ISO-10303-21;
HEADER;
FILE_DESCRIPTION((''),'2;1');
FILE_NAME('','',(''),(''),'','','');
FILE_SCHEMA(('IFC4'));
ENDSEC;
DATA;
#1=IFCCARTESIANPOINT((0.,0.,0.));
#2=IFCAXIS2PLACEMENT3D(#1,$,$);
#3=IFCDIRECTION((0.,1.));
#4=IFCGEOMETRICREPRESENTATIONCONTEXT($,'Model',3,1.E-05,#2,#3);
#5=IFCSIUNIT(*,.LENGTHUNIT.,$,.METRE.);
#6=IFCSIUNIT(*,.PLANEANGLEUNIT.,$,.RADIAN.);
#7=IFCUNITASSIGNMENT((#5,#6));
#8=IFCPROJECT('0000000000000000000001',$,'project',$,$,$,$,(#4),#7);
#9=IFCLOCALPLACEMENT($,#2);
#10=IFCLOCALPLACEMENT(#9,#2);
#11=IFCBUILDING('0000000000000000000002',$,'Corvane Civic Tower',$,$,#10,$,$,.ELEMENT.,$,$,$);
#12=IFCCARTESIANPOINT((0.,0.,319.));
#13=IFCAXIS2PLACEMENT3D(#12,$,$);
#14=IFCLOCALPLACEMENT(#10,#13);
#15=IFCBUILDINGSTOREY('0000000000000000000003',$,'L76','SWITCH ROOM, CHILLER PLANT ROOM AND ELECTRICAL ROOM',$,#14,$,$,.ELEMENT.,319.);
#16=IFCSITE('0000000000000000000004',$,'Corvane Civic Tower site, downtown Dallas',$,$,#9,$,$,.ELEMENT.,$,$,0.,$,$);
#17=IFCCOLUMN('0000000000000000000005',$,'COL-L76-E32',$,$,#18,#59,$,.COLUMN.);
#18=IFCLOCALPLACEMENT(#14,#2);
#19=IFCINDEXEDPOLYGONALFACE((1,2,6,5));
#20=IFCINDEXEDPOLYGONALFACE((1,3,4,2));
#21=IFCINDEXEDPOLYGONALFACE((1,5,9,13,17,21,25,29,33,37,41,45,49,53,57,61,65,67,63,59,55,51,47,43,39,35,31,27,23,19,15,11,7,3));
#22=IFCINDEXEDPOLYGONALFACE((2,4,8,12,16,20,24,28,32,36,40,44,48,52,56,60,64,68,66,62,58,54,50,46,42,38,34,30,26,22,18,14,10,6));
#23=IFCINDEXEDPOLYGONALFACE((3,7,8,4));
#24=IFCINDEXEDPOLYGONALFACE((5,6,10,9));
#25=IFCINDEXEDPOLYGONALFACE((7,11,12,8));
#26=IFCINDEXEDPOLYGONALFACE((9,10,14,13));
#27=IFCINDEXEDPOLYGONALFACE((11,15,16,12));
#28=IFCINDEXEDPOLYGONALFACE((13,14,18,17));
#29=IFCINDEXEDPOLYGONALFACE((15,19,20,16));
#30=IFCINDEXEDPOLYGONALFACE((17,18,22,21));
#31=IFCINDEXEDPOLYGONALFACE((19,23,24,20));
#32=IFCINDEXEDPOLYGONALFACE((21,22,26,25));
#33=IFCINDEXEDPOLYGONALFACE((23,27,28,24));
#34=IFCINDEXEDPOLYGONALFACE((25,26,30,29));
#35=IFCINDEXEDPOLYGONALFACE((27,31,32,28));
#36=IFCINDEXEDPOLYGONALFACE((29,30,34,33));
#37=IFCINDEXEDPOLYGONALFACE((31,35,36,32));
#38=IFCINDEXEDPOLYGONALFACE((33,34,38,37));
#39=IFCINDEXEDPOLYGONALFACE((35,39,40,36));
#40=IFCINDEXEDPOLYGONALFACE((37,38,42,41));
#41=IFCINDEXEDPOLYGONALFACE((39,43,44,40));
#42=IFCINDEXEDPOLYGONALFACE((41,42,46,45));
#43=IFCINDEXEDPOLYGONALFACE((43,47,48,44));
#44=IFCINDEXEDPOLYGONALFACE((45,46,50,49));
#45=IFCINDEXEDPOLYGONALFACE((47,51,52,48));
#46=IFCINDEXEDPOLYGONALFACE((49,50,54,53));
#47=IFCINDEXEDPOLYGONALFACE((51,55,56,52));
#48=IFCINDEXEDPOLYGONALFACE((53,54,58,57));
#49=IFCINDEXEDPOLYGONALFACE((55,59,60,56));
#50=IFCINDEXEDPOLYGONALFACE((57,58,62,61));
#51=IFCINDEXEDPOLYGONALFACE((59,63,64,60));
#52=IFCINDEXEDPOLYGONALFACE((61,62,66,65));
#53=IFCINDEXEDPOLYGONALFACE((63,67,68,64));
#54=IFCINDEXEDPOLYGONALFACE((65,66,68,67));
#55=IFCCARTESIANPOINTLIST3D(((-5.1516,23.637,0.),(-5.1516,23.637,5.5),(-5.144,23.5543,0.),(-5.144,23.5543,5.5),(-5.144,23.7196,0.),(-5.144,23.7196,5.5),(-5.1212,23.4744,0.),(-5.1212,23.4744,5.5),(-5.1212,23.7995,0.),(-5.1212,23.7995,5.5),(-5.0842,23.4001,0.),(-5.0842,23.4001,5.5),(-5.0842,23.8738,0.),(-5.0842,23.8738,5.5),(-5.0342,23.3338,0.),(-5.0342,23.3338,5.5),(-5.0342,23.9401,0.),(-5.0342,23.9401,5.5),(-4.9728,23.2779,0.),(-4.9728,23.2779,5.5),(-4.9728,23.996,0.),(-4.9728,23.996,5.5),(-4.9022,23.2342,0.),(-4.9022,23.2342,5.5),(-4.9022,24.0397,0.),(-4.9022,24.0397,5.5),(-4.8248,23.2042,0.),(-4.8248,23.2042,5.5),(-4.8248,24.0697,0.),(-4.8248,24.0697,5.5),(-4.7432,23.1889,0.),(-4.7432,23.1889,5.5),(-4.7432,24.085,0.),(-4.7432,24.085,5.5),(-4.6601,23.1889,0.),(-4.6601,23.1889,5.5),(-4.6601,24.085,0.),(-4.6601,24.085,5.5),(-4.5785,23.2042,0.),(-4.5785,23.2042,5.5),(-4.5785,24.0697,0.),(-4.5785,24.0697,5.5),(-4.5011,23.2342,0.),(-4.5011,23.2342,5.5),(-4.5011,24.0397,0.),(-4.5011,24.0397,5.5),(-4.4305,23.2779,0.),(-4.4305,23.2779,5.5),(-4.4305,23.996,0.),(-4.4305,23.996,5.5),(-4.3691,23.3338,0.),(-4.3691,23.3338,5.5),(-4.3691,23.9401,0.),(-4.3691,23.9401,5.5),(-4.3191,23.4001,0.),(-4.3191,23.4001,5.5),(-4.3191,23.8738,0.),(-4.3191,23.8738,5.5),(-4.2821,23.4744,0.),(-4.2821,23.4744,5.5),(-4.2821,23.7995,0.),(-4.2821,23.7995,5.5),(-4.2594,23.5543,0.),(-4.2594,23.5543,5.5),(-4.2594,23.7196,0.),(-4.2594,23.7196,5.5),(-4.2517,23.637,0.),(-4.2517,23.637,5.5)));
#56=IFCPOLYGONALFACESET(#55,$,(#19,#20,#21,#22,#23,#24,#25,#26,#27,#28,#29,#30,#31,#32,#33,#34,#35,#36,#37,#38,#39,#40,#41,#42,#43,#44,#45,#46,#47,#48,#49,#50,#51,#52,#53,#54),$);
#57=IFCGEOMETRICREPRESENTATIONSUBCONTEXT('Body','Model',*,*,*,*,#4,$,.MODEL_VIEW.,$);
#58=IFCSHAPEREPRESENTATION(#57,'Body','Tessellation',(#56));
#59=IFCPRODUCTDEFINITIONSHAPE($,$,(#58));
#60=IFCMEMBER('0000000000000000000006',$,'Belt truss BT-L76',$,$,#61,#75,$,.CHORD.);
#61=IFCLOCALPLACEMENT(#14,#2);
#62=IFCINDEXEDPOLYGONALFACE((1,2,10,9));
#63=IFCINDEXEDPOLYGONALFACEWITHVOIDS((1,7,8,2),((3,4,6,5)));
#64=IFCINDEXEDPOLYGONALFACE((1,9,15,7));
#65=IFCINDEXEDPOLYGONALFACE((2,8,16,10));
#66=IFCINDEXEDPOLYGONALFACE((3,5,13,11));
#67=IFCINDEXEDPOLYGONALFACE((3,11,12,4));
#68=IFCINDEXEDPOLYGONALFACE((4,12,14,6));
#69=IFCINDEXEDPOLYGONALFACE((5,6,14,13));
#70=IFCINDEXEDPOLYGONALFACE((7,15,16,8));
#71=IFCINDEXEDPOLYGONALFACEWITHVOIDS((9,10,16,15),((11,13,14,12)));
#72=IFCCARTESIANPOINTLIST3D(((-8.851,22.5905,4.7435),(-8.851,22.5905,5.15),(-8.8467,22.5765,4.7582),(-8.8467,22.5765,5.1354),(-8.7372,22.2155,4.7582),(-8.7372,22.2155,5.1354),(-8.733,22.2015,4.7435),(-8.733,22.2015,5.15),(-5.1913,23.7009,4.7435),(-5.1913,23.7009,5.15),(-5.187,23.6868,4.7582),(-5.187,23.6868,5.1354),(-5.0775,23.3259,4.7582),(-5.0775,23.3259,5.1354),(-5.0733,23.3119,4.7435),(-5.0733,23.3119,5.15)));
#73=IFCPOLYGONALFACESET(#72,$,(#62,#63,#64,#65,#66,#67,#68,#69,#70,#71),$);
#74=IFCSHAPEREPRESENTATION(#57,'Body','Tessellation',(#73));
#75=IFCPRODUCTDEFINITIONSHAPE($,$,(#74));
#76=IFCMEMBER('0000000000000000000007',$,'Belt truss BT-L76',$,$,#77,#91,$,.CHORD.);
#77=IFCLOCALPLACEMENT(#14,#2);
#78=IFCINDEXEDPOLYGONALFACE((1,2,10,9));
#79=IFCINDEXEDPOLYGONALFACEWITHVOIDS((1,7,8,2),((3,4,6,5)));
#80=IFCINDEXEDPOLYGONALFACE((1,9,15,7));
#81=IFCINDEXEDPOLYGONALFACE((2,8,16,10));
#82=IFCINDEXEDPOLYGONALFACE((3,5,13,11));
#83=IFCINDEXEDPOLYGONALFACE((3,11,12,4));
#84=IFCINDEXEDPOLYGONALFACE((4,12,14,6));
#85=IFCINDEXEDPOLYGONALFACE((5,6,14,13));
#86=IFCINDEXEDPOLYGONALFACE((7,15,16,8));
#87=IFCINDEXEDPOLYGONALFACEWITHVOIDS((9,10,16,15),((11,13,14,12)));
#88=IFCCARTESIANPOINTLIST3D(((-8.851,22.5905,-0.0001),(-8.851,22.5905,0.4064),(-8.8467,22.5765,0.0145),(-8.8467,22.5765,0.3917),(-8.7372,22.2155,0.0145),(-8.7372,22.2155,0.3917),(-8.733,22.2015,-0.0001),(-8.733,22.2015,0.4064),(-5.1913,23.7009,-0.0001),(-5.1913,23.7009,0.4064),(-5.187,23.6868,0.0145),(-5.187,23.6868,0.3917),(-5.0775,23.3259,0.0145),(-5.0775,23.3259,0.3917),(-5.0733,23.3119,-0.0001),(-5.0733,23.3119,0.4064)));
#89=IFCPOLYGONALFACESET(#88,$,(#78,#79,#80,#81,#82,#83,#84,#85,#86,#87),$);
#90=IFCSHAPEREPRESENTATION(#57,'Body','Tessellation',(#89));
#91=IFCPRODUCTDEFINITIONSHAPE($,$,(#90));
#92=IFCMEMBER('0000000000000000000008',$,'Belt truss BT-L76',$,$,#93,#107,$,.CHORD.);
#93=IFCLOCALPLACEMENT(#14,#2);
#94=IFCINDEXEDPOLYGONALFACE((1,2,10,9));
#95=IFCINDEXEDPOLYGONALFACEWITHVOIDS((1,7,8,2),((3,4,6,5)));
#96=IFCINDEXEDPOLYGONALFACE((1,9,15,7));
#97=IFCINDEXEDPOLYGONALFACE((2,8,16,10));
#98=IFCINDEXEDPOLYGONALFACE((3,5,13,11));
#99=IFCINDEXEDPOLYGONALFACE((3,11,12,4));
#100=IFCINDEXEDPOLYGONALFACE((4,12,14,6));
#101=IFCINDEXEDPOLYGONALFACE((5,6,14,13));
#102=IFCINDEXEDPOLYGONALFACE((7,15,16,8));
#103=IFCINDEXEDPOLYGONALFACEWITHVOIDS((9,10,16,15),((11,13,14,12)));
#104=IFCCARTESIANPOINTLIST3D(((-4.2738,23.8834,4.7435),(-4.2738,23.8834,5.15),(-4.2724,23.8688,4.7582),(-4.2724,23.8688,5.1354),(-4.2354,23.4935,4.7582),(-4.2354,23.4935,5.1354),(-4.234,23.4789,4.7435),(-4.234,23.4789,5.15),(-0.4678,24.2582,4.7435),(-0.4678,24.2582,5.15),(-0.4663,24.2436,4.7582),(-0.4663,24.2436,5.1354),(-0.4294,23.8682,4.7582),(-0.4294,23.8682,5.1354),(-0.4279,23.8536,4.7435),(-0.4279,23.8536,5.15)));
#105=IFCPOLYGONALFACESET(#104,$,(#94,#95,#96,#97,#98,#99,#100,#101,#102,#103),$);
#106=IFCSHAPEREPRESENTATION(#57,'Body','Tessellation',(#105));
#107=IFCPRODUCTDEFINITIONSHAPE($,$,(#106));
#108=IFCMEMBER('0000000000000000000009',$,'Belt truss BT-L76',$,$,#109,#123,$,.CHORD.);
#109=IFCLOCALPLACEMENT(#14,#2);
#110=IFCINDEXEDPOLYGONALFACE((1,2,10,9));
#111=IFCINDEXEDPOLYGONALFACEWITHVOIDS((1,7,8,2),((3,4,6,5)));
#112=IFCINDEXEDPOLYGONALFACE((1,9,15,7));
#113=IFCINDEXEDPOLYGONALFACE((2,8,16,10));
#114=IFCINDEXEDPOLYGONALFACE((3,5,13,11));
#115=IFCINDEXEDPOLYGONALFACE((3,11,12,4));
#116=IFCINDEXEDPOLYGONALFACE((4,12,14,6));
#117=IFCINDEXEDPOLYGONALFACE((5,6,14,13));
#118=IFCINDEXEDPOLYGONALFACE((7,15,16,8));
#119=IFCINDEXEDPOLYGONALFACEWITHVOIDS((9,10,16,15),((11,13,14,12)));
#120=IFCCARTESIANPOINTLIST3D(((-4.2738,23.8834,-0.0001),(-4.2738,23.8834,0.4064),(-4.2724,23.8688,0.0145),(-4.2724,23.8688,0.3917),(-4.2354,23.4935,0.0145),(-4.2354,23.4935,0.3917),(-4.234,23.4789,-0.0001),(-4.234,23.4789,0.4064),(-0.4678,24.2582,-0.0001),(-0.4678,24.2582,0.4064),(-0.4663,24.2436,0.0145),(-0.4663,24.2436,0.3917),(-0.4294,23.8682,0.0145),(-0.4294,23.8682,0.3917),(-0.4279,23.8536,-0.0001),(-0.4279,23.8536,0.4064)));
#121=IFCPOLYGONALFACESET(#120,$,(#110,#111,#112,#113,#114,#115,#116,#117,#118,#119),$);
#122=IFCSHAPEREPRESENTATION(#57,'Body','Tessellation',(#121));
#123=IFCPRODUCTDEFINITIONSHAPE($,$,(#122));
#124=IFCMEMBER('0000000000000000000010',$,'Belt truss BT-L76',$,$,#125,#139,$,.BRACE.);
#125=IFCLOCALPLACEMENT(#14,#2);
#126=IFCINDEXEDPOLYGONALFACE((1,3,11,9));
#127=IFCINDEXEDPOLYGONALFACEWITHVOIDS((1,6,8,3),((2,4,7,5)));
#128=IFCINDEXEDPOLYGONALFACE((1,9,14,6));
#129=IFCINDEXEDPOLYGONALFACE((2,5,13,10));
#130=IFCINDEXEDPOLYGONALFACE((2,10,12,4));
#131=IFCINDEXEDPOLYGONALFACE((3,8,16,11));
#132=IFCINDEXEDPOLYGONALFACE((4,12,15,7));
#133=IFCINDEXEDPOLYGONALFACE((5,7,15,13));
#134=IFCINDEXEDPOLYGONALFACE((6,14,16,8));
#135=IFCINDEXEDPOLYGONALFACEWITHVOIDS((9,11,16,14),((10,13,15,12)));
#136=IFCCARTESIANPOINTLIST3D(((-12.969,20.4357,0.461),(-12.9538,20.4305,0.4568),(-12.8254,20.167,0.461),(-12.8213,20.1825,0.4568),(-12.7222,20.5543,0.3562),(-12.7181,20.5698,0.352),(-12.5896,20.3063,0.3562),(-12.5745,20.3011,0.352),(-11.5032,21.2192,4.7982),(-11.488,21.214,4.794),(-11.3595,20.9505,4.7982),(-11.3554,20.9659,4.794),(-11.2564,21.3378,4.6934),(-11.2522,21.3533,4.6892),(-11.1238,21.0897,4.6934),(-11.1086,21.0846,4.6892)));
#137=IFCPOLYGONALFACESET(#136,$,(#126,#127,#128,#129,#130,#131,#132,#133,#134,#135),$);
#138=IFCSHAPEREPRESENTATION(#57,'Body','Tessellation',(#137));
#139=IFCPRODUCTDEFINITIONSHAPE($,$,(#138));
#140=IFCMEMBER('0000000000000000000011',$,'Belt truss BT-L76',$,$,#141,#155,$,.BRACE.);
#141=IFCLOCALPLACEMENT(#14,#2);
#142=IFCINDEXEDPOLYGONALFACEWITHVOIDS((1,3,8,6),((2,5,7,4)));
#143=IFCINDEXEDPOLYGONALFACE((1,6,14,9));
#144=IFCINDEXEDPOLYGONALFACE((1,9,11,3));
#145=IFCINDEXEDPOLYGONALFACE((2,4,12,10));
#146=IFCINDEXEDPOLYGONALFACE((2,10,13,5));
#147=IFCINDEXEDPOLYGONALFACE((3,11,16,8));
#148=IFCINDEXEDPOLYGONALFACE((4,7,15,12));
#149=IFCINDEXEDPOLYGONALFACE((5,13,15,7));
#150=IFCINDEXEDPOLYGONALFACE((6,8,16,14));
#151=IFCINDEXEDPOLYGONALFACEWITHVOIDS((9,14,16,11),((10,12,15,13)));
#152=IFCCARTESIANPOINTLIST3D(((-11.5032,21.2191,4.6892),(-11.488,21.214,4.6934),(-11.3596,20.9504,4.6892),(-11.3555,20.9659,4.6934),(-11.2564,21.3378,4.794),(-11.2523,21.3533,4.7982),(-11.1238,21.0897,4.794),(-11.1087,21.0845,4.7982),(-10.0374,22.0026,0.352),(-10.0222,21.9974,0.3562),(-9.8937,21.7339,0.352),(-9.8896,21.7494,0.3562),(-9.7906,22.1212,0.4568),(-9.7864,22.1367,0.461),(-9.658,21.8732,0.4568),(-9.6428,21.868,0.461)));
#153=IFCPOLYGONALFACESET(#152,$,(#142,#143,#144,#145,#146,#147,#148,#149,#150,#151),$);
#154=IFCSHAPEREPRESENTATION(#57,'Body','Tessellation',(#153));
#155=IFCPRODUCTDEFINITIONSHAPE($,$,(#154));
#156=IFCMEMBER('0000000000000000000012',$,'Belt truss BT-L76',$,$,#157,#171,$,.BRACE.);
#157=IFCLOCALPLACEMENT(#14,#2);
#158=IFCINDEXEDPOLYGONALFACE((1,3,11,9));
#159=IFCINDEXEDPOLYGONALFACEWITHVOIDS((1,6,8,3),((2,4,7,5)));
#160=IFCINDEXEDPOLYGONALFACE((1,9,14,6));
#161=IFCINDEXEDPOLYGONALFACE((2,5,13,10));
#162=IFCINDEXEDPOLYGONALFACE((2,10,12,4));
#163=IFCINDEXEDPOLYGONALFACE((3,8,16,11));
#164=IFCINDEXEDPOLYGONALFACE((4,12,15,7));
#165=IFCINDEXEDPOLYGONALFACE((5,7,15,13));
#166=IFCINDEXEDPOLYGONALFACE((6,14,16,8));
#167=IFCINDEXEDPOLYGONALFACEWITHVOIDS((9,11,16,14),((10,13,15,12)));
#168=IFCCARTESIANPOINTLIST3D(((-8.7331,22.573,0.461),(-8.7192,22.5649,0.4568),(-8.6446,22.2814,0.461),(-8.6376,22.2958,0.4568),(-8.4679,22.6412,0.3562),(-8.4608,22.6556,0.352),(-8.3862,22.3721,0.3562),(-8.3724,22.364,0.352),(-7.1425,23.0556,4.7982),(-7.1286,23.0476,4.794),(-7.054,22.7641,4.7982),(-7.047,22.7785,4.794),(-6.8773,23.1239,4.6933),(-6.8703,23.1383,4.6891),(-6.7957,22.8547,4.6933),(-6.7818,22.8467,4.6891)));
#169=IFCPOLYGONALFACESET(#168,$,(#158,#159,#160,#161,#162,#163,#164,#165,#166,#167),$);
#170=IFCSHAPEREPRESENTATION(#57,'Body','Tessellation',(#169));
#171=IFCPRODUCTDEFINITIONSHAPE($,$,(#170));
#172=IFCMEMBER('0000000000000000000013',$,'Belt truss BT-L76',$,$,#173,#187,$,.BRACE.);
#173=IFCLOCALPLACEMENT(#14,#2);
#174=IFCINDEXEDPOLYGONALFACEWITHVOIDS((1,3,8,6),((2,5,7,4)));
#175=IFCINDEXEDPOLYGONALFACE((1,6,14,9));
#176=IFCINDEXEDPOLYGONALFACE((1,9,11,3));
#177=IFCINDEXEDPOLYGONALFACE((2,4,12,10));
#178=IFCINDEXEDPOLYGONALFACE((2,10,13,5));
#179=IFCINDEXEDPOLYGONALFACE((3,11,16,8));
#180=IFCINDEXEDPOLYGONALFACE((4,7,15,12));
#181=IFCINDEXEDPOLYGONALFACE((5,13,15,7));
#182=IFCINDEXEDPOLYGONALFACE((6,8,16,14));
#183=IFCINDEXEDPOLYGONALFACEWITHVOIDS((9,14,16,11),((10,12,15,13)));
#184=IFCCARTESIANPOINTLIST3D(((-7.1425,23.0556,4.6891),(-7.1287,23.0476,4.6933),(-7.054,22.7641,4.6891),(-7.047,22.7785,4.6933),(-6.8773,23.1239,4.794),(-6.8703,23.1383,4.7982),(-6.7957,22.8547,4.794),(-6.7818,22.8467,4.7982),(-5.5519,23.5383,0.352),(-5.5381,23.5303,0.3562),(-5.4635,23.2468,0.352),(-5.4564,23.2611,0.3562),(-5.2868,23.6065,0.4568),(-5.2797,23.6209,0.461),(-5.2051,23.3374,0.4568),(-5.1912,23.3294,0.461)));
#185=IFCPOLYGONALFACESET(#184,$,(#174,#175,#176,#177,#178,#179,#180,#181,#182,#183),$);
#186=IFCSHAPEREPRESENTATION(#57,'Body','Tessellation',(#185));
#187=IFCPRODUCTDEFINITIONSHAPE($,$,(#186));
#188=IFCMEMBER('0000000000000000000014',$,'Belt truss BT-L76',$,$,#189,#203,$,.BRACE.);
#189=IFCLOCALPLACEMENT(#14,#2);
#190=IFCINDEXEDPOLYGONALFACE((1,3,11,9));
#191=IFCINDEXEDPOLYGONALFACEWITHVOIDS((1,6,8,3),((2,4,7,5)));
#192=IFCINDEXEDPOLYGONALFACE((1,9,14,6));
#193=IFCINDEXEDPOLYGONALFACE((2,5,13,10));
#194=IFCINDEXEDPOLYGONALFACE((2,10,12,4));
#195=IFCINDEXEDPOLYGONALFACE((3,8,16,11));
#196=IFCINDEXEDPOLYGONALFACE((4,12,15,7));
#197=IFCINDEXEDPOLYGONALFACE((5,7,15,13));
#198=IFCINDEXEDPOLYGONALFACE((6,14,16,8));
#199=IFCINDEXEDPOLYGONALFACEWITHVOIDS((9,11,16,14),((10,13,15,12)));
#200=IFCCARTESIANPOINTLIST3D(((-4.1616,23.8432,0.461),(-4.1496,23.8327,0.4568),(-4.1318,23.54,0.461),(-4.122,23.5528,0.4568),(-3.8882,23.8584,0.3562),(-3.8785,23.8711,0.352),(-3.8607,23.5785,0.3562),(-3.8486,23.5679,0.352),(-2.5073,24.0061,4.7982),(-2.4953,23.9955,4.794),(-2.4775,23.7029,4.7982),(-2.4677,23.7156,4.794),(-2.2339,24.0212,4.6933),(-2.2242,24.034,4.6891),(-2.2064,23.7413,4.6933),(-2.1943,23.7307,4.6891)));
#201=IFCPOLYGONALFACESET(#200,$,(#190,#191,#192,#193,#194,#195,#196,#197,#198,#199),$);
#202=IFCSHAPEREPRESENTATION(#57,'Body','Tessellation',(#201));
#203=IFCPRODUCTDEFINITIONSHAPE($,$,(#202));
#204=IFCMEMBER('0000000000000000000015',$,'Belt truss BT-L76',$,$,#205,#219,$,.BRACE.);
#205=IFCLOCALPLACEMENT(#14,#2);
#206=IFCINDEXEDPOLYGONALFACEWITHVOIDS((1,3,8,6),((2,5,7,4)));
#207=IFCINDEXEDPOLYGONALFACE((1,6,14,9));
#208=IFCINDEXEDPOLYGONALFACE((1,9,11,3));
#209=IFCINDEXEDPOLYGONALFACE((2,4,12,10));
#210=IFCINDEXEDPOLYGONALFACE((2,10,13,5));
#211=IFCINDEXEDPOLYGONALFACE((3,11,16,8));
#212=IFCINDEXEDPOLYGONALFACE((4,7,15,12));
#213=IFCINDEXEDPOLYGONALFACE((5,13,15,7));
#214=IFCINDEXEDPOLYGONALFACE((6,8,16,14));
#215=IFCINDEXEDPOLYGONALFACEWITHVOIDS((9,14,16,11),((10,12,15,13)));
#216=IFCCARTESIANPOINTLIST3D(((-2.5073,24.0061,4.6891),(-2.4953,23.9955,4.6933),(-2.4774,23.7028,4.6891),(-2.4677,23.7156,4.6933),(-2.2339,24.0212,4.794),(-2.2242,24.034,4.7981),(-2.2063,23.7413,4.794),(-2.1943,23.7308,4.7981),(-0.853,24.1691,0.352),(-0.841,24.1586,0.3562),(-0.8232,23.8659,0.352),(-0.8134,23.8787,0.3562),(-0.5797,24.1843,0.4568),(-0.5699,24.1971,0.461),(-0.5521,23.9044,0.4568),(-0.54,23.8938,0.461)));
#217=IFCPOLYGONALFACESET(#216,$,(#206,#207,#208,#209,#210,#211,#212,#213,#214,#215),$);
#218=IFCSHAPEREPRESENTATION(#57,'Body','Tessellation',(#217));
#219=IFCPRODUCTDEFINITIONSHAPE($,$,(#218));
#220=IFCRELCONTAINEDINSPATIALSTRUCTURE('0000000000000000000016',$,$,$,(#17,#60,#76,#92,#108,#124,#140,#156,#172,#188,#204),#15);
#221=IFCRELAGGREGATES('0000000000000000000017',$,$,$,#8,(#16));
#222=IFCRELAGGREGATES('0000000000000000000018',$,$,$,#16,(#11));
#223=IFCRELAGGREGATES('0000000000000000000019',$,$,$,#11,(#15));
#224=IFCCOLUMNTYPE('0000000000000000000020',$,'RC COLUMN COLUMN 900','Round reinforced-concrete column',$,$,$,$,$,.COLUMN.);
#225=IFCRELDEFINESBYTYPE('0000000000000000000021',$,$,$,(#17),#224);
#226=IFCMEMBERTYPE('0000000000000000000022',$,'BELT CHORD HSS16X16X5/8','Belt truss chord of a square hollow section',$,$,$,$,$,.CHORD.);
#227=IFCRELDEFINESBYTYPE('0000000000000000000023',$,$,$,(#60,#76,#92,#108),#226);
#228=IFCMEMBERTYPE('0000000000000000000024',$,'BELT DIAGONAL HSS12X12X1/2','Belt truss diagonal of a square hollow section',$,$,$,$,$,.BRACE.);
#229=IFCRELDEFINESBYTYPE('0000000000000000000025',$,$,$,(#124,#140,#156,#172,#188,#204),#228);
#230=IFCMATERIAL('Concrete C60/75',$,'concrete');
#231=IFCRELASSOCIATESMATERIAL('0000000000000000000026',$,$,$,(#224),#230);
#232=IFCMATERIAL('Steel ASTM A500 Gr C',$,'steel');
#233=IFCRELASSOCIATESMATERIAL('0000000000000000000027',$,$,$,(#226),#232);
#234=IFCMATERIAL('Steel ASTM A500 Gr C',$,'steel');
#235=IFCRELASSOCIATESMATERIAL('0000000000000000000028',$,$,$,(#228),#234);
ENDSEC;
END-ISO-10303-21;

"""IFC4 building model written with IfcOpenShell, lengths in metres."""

from ifc_helpers import new_model, si_unit, direction, frame, origin, origin_2d, place, context, subcontext, project, spatial, hollow_rectangle, circle, extrude, material, material_profile, profile_set, type_object, element, save


model = new_model("IFC4")

# Units and contexts
model_context = context("Model", 3, precision=1e-05, world=origin(), true_north=direction((0.0, 1.0)))
body_context = subcontext(model_context, "Body", "Model", "MODEL_VIEW")
ifc_project = project(units=[si_unit("LENGTHUNIT", "METRE"), si_unit("PLANEANGLEUNIT", "RADIAN")], contexts=[model_context])

# Site, building, storey
site_placement = place(None, origin())
site = spatial("IfcSite", under=ifc_project, at=site_placement, Name="Corvane Civic Tower site, downtown Dallas", CompositionType="ELEMENT", RefElevation=0.0)
building_placement = place(site_placement, origin())
building = spatial("IfcBuilding", under=site, at=building_placement, Name="Corvane Civic Tower", CompositionType="ELEMENT")
storey_placement = place(building_placement, frame((0.0, 0.0, 319.0)))
storey = spatial("IfcBuildingStorey", under=building, at=storey_placement, Name="L76", Description="SWITCH ROOM, CHILLER PLANT ROOM AND ELECTRICAL ROOM", CompositionType="ELEMENT", Elevation=319.0)

# Column
ifc_material_1 = material(Name="Concrete C60/75", Category="concrete")
ifc_material_profile_1 = material_profile(ifc_material_1, circle(Radius=0.45, at=origin_2d()), Name="COLUMN 900")
ifc_profile_set_1 = profile_set([ifc_material_profile_1], Name="Concrete C60/75")
column_type_1 = type_object("IfcColumnType", Name="RC COLUMN COLUMN 900", Description="Round reinforced-concrete column", PredefinedType="COLUMN", material=ifc_profile_set_1)
for number, where, z_axis, x_axis, name in (
    (1, (-4.7017, 23.637, 0.0), (0.0, 0.0, 1.0), (1.0, 0.0, 0.0), "COL-L76-E32"),
):
    element("IfcColumn", number, at=place(storey_placement, frame(where, z_axis=z_axis, x_axis=x_axis)), inside=storey, type_object=column_type_1, Name=name, PredefinedType="COLUMN", context=body_context, shape_type="SweptSolid", body=[
        extrude(circle(Radius=0.45, at=origin_2d()), origin(), (0.0, 0.0, 1.0), 5.5),
    ])

# Members
ifc_material_2 = material(Name="Steel ASTM A500 Gr C", Category="steel")
ifc_material_profile_2 = material_profile(ifc_material_2, hollow_rectangle(XDim=0.4065, YDim=0.4065, WallThickness=0.0146, at=origin_2d()), Name="HSS16X16X5/8")
ifc_profile_set_2 = profile_set([ifc_material_profile_2], Name="Steel ASTM A500 Gr C")
member_type_1 = type_object("IfcMemberType", Name="BELT CHORD HSS16X16X5/8", Description="Belt truss chord of a square hollow section", PredefinedType="CHORD", material=ifc_profile_set_2)
for number, where, z_axis, x_axis, name in (
    (2, (-8.792, 22.396, 4.9468), (0.956926, 0.290333, 0.0), (-0.290333, 0.956926, 0.0), "Belt truss BT-L76"),
    (3, (-8.792, 22.396, 0.2031), (0.956926, 0.290333, 0.0), (-0.290333, 0.956926, 0.0), "Belt truss BT-L76"),
    (4, (-4.2539, 23.6812, 4.9468), (0.995188, 0.097987, 0.0), (-0.097987, 0.995188, 0.0), "Belt truss BT-L76"),
    (5, (-4.2539, 23.6812, 0.2031), (0.995188, 0.097987, 0.0), (-0.097987, 0.995188, 0.0), "Belt truss BT-L76"),
):
    element("IfcMember", number, at=place(storey_placement, frame(where, z_axis=z_axis, x_axis=x_axis)), inside=storey, type_object=member_type_1, Name=name, PredefinedType="CHORD", context=body_context, shape_type="SweptSolid", body=[
        extrude(hollow_rectangle(XDim=0.4065, YDim=0.4065, WallThickness=0.0146, at=origin_2d()), origin(), (0.0, 0.0, 1.0), 3.8245),
    ])
ifc_material_3 = material(Name="Steel ASTM A500 Gr C", Category="steel")
ifc_material_profile_3 = material_profile(ifc_material_3, hollow_rectangle(XDim=0.3047, YDim=0.3047, WallThickness=0.0117, at=origin_2d()), Name="HSS12X12X1/2")
ifc_profile_set_3 = profile_set([ifc_material_profile_3], Name="Steel ASTM A500 Gr C")
member_type_2 = type_object("IfcMemberType", Name="BELT DIAGONAL HSS12X12X1/2", Description="Belt truss diagonal of a square hollow section", PredefinedType="BRACE", material=ifc_profile_set_3)
for number, where, z_axis, x_axis, name in (
    (6, (-12.7717, 20.3684, 0.4065), (0.315589, 0.168675, 0.933784), (-0.471373, 0.881934, 0.0), "Belt truss BT-L76"),
    (7, (-9.8401, 21.9353, 0.4065), (-0.315589, -0.168675, 0.933784), (0.471373, -0.881934, 0.0), "Belt truss BT-L76"),
    (8, (-8.5527, 22.4685, 0.4065), (0.342445, 0.103916, 0.933773), (-0.290378, 0.956912, 0.0), "Belt truss BT-L76"),
    (9, (-5.3716, 23.4338, 0.4065), (-0.342445, -0.103916, 0.933773), (0.290378, -0.956912, 0.0), "Belt truss BT-L76"),
    (10, (-4.0051, 23.7056, 0.4065), (0.356161, 0.035059, 0.933767), (-0.097962, 0.99519, 0.0), "Belt truss BT-L76"),
    (11, (-0.6965, 24.0315, 0.4065), (-0.35616, -0.035111, 0.933765), (0.098108, -0.995176, 0.0), "Belt truss BT-L76"),
):
    element("IfcMember", number, at=place(storey_placement, frame(where, z_axis=z_axis, x_axis=x_axis)), inside=storey, type_object=member_type_2, Name=name, PredefinedType="BRACE", context=body_context, shape_type="SweptSolid", body=[
        extrude(hollow_rectangle(XDim=0.3047, YDim=0.3047, WallThickness=0.0117, at=origin_2d()), origin(), (0.0, 0.0, 1.0), 4.6448),
    ])

save(model, "model.ifc")
